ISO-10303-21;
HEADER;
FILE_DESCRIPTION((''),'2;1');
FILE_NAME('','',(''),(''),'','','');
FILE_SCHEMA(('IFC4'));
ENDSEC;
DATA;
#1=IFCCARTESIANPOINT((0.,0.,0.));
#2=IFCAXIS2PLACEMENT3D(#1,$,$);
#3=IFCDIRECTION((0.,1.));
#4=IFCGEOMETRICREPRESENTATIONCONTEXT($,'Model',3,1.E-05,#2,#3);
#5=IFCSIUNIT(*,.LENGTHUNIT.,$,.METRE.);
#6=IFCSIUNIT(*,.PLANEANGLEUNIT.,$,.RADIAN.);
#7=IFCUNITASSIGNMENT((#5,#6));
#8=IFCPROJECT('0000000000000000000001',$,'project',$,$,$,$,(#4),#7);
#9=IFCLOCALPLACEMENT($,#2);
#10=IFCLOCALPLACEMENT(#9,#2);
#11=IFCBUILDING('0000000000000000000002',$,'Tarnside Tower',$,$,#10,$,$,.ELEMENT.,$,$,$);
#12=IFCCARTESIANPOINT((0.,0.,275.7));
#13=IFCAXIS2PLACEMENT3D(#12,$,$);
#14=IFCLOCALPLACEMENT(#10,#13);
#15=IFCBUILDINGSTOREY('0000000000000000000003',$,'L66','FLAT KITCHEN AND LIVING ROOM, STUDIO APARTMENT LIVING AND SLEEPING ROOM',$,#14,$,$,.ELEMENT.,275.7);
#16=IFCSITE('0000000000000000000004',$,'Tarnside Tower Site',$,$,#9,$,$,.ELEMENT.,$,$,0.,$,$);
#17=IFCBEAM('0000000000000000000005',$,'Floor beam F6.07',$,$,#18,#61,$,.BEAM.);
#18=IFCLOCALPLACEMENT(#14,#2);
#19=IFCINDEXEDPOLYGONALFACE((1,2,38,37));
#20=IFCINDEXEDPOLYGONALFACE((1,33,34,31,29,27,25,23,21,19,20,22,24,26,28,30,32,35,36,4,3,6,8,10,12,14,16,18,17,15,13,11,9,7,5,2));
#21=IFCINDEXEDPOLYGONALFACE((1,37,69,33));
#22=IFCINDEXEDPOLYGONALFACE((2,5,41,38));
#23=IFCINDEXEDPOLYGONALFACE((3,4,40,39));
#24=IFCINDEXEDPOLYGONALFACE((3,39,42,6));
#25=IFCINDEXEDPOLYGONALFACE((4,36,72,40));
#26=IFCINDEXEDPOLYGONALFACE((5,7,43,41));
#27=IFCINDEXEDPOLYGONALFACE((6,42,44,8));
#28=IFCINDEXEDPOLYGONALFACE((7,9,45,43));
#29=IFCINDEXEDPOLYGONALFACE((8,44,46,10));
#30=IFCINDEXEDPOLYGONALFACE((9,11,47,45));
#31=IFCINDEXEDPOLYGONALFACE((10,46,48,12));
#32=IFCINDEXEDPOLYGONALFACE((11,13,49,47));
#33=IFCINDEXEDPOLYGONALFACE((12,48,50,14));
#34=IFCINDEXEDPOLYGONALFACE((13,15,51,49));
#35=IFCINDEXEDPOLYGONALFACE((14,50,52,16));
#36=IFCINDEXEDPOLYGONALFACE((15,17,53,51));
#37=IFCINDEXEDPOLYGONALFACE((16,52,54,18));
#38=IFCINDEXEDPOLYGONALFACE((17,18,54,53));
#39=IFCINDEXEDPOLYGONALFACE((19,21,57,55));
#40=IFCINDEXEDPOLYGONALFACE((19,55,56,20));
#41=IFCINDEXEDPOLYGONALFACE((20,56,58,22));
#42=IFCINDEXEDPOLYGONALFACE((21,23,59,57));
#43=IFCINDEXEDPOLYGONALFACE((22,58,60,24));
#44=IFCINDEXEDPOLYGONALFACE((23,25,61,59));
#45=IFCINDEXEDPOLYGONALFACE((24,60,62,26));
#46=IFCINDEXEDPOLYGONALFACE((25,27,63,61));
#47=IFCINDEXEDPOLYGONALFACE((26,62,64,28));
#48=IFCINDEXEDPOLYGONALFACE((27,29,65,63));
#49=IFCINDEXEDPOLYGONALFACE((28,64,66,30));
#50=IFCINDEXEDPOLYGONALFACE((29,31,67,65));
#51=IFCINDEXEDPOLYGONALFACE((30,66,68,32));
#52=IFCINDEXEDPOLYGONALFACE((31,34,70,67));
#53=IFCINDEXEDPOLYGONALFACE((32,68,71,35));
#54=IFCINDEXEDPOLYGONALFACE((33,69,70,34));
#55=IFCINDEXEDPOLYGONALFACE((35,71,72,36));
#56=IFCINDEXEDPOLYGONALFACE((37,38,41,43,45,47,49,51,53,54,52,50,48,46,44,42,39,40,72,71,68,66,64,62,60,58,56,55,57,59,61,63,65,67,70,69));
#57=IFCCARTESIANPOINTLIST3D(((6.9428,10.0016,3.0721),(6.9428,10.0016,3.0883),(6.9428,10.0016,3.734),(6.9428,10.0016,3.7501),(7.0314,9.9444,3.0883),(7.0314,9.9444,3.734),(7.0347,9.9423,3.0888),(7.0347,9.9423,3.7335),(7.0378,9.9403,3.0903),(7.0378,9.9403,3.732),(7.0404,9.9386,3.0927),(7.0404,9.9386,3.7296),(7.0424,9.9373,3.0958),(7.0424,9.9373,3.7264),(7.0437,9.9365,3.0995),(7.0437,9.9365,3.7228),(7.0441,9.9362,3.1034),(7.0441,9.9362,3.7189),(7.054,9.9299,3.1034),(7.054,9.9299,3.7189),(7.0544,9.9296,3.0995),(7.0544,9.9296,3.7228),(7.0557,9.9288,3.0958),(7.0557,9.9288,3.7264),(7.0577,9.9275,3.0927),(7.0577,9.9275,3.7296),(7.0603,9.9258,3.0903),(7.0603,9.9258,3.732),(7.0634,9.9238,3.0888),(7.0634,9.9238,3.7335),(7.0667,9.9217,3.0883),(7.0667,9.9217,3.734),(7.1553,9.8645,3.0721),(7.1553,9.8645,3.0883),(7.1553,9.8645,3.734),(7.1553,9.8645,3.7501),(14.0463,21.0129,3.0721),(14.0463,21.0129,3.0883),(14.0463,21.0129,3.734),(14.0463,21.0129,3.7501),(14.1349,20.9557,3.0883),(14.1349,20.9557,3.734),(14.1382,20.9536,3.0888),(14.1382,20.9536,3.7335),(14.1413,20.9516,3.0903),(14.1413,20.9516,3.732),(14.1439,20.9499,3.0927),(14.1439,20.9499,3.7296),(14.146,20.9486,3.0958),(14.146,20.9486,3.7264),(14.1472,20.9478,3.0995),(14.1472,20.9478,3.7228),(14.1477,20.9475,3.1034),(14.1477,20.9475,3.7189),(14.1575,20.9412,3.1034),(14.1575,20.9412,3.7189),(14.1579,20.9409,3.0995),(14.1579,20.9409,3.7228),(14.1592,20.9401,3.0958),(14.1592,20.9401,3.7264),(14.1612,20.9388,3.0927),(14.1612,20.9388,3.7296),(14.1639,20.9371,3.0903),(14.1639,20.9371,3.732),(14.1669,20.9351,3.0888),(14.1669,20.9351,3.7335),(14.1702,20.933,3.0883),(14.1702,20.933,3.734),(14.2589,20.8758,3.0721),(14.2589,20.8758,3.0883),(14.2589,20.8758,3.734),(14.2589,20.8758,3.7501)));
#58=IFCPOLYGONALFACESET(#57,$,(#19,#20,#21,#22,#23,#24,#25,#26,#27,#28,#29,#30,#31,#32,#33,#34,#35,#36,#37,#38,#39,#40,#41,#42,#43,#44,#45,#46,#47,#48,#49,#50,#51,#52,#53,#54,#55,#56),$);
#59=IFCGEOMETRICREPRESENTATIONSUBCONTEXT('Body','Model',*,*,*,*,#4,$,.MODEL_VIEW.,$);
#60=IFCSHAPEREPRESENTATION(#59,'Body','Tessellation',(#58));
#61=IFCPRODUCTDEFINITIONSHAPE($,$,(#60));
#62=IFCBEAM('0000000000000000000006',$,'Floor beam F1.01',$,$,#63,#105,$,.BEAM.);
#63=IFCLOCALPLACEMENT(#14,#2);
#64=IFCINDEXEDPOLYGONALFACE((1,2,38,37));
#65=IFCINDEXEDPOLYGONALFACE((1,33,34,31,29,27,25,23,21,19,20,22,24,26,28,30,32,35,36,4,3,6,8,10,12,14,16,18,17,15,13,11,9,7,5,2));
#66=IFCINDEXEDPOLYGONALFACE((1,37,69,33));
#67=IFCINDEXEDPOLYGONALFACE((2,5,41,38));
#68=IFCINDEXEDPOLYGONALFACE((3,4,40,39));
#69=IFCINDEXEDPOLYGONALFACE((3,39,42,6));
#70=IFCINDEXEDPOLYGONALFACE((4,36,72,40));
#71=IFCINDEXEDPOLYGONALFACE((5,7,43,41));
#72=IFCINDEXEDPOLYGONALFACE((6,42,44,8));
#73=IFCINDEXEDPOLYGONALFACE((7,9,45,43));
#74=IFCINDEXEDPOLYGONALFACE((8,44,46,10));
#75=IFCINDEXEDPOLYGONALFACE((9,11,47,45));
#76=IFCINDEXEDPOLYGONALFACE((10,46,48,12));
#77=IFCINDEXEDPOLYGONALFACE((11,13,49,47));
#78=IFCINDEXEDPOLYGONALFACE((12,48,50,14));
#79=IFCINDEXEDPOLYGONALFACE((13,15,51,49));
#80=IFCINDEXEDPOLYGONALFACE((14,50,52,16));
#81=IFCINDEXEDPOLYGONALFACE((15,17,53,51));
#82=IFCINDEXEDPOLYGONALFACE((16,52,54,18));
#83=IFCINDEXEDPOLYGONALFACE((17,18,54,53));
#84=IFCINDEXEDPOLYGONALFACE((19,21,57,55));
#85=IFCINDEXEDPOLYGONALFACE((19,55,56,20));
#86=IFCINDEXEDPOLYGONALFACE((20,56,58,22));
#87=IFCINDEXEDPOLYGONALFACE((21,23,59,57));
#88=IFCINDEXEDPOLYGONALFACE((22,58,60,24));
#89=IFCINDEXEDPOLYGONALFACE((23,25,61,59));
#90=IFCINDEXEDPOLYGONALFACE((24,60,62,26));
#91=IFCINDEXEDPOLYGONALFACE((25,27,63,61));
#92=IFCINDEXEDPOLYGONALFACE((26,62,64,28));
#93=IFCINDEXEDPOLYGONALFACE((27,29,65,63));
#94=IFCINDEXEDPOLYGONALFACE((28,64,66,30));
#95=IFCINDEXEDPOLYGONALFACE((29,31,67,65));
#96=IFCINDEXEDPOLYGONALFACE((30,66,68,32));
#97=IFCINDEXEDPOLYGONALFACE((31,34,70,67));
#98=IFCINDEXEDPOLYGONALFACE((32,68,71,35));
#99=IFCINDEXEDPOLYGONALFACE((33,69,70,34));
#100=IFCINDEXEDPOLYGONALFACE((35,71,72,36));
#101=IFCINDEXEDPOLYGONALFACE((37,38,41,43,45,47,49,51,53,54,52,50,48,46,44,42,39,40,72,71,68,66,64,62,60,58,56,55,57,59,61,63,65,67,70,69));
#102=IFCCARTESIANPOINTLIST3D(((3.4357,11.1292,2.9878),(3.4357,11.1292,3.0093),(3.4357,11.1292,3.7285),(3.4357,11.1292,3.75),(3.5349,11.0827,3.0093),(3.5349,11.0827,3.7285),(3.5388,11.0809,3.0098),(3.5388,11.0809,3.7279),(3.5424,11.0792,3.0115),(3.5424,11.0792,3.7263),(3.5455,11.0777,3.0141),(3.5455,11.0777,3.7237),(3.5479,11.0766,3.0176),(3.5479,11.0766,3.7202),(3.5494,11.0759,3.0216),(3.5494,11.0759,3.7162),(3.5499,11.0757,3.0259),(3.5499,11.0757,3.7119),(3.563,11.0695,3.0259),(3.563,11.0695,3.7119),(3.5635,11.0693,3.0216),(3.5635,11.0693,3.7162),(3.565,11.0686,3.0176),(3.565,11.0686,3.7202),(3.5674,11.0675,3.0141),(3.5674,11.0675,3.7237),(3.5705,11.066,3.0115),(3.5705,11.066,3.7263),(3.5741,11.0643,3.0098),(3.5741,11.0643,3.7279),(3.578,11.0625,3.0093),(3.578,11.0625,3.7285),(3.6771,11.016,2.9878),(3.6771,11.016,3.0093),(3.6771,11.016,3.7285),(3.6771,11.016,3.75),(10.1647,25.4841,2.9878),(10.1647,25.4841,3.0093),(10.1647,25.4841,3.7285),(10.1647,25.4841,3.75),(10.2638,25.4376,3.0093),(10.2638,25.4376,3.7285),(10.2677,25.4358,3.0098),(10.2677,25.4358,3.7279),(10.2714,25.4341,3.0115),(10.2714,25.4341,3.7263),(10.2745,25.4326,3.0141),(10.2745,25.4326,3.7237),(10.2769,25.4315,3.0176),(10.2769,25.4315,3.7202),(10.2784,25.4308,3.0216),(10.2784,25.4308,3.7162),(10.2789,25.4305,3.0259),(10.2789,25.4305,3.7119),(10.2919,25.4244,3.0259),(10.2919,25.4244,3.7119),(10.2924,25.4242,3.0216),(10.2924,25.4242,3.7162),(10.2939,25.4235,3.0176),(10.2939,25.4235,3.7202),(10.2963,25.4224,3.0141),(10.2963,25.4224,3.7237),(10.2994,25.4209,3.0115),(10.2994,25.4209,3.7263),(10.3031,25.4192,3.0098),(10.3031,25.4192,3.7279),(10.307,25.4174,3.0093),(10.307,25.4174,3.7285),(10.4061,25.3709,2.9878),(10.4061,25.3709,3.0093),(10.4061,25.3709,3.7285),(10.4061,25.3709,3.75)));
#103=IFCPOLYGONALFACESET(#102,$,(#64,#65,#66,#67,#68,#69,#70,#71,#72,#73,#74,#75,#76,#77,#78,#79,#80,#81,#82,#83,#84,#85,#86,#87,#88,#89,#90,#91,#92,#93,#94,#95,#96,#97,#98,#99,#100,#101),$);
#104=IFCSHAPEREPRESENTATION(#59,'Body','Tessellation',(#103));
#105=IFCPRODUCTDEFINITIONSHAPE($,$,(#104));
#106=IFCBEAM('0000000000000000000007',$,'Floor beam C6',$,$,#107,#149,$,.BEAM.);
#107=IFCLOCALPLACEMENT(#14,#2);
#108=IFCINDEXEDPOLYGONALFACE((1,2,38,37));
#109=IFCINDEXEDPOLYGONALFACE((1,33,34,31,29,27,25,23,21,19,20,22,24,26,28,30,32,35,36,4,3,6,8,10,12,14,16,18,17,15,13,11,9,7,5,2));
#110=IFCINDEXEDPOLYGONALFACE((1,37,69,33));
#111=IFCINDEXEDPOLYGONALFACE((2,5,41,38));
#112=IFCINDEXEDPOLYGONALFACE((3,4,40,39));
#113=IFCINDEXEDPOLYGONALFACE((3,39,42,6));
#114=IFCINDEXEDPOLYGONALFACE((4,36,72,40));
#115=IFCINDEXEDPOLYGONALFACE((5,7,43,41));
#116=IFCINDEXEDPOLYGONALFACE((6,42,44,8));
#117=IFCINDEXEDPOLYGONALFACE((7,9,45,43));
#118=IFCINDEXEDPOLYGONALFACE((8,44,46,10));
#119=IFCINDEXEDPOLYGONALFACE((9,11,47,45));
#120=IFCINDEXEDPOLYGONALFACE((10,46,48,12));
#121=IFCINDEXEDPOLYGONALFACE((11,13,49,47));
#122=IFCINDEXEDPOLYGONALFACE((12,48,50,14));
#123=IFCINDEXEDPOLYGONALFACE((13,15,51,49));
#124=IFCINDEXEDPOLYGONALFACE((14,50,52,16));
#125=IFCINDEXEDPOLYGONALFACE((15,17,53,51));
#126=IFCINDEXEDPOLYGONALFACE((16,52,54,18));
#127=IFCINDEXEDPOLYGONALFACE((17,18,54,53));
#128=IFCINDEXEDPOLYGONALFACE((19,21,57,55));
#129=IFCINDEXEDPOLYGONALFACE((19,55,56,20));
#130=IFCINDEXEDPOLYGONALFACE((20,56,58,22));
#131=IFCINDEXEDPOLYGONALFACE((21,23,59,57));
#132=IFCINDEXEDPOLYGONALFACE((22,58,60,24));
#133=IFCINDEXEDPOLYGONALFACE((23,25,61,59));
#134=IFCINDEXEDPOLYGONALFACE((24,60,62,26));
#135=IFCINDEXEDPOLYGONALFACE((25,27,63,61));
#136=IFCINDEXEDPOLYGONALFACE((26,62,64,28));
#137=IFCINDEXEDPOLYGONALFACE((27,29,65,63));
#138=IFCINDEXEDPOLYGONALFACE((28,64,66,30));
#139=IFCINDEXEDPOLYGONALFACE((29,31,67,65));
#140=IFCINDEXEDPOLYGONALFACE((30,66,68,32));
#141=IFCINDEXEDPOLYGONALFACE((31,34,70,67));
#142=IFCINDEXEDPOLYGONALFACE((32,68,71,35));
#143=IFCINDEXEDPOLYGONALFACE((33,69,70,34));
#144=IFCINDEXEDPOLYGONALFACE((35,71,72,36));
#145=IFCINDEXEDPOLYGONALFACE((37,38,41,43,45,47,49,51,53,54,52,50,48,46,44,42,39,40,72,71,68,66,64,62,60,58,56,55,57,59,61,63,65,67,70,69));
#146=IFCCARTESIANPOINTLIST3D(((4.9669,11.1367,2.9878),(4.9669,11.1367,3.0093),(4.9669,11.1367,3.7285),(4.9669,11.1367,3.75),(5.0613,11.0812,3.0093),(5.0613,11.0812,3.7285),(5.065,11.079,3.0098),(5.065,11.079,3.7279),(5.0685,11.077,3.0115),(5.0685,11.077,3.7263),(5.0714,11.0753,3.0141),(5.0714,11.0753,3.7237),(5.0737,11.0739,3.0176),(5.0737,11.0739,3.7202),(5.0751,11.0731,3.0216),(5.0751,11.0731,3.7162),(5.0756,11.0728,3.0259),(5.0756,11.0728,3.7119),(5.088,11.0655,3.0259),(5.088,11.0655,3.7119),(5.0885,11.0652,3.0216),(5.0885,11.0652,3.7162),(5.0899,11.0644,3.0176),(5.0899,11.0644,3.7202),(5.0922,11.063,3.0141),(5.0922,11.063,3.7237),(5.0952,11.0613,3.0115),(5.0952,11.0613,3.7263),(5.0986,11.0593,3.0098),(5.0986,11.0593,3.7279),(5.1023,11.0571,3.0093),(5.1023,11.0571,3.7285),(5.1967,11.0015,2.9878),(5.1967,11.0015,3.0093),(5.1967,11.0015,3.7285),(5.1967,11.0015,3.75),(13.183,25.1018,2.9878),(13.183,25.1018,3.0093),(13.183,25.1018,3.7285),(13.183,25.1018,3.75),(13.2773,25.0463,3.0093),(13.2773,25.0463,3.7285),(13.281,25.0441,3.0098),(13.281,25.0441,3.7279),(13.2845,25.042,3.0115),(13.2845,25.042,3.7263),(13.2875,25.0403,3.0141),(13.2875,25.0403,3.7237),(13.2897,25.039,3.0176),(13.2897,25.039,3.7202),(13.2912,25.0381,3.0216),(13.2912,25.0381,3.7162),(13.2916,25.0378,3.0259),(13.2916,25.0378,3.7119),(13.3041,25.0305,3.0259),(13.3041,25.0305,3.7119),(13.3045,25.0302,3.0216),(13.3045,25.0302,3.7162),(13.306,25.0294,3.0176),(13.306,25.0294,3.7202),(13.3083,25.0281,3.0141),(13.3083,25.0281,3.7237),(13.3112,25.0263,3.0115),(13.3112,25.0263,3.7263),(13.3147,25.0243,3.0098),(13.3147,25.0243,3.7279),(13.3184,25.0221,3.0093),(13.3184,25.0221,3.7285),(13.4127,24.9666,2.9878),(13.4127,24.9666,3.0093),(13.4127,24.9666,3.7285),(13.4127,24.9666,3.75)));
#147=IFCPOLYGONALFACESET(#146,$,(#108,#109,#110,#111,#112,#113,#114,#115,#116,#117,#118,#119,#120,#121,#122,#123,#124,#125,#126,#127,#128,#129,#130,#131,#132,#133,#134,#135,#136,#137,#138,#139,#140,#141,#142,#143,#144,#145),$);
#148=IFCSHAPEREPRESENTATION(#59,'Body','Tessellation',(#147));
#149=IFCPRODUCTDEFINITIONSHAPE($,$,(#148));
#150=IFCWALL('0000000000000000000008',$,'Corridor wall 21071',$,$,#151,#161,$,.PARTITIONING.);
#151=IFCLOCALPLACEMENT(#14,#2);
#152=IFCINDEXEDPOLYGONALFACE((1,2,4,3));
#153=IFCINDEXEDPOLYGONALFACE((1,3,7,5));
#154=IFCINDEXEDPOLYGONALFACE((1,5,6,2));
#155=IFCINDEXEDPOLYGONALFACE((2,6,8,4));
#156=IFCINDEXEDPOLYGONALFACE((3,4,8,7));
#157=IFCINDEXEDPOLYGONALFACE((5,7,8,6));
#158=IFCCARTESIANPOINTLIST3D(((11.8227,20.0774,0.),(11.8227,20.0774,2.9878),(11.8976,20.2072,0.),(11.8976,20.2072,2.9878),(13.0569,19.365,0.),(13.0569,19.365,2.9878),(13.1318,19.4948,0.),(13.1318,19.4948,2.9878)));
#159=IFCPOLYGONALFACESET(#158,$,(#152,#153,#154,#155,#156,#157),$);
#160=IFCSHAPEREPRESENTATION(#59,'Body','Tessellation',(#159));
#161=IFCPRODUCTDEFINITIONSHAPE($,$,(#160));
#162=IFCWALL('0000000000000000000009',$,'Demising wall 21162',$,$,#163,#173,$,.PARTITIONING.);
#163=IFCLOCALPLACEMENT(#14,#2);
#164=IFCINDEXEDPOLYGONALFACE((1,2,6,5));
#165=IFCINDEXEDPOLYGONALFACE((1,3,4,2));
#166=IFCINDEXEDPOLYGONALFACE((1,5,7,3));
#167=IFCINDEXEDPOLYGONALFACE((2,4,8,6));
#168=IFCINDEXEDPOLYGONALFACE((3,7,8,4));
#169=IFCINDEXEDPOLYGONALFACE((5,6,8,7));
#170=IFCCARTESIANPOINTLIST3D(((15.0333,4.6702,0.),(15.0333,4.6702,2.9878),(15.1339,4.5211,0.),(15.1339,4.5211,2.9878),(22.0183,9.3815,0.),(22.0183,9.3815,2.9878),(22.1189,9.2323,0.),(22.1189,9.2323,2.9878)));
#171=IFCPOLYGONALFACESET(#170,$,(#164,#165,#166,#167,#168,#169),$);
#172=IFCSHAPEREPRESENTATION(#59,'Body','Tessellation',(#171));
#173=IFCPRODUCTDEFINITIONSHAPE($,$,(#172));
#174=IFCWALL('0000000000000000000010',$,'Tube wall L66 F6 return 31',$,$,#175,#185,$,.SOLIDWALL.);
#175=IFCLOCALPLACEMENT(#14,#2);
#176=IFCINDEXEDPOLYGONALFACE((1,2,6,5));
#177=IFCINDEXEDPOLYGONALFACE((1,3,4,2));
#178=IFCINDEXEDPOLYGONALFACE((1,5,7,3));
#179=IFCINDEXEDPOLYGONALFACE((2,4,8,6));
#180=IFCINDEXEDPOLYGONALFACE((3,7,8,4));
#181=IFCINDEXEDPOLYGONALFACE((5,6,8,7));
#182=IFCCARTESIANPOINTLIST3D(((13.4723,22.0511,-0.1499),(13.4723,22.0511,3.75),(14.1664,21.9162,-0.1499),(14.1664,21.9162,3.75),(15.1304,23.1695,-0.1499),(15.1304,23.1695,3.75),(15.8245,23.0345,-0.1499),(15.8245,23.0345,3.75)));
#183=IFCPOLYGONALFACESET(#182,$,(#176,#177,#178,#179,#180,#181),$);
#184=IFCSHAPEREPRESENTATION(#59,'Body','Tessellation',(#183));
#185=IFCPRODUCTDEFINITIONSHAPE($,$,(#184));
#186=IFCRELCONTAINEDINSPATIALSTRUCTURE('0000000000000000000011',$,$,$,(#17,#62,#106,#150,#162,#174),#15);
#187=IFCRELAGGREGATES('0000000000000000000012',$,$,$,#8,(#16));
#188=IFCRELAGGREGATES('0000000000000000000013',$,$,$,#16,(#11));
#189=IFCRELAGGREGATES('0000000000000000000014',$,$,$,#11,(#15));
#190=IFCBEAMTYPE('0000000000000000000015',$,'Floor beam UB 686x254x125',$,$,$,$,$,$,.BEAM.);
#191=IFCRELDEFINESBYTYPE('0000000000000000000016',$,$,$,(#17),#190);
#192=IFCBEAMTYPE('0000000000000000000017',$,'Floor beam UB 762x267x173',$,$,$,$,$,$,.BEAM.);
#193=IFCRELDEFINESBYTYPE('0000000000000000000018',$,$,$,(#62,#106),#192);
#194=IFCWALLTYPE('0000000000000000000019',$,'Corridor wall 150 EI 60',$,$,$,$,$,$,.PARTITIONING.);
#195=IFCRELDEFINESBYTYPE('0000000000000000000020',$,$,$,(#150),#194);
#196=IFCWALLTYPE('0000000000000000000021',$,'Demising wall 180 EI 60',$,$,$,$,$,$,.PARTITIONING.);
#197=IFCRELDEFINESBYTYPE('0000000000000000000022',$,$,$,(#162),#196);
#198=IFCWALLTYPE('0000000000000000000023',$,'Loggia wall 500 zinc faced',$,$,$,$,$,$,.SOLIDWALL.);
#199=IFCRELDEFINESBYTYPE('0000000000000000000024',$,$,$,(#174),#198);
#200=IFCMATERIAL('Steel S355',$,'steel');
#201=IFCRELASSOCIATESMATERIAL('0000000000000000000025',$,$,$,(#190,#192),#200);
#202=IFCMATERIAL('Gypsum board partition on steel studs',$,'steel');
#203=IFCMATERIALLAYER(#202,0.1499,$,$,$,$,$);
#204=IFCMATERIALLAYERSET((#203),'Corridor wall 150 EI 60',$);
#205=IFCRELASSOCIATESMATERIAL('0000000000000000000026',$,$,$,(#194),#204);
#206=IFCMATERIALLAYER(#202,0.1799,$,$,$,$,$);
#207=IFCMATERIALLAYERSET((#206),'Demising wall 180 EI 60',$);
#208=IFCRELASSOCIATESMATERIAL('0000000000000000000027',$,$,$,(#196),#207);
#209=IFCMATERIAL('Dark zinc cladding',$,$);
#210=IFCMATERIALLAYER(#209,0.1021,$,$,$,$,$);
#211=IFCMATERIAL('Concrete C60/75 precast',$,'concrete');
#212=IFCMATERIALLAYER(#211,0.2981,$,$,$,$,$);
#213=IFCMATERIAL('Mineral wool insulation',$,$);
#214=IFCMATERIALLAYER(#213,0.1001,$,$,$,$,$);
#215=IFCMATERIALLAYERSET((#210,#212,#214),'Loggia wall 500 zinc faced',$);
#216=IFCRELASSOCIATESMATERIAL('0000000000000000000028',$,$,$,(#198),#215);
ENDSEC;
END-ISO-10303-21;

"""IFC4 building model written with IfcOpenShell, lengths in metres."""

from ifc_helpers import new_model, si_unit, direction, frame, frame_2d, origin, origin_2d, place, context, subcontext, project, spatial, polyline, rectangle, i_section, outline, extrude, material, layer, layer_set, material_profile, profile_set, type_object, element, save


model = new_model("IFC4")

# Units and contexts
model_context = context("Model", 3, precision=1e-05, world=origin(), true_north=direction((0.0, 1.0)))
body_context = subcontext(model_context, "Body", "Model", "MODEL_VIEW")
ifc_project = project(units=[si_unit("LENGTHUNIT", "METRE"), si_unit("PLANEANGLEUNIT", "RADIAN")], contexts=[model_context])

# Site, building, storey
site_placement = place(None, origin())
site = spatial("IfcSite", under=ifc_project, at=site_placement, Name="Tarnside Tower Site", CompositionType="ELEMENT", RefElevation=0.0)
building_placement = place(site_placement, origin())
building = spatial("IfcBuilding", under=site, at=building_placement, Name="Tarnside Tower", CompositionType="ELEMENT")
storey_placement = place(building_placement, frame((0.0, 0.0, 275.7)))
storey = spatial("IfcBuildingStorey", under=building, at=storey_placement, Name="L66", Description="FLAT KITCHEN AND LIVING ROOM, STUDIO APARTMENT LIVING AND SLEEPING ROOM", CompositionType="ELEMENT", Elevation=275.7)

# Beams
ifc_material_1 = material(Name="Steel S355", Category="steel")
ifc_material_profile_1 = material_profile(ifc_material_1, i_section(OverallWidth=0.2529, OverallDepth=0.678, WebThickness=0.0117, FlangeThickness=0.0161, FilletRadius=0.0151, at=origin_2d()), Name="UB 686x254x125")
ifc_profile_set_1 = profile_set([ifc_material_profile_1], Name="Steel S355")
beam_type_1 = type_object("IfcBeamType", Name="Floor beam UB 686x254x125", PredefinedType="BEAM", material=ifc_profile_set_1)
beam_1_placement = place(storey_placement, frame((14.1526, 20.9443, 3.4111), z_axis=(-0.5421, -0.840314, 0.0), x_axis=(0.840314, -0.5421, 0.0)))
element("IfcBeam", 1, at=beam_1_placement, inside=storey, type_object=beam_type_1, Name="Floor beam F6.07", PredefinedType="BEAM", context=body_context, shape_type="SweptSolid", body=[
    extrude(i_section(OverallWidth=0.2529, OverallDepth=0.678, WebThickness=0.0117, FlangeThickness=0.0161, FilletRadius=0.0151, at=origin_2d()), origin(), (0.0, 0.0, 1.0), 13.1038),
])
ifc_material_profile_2 = material_profile(ifc_material_1, i_section(OverallWidth=0.2666, OverallDepth=0.7622, WebThickness=0.0144, FlangeThickness=0.0215, FilletRadius=0.0166, at=origin_2d()), Name="UB 762x267x173")
ifc_profile_set_2 = profile_set([ifc_material_profile_2], Name="Steel S355")
beam_type_2 = type_object("IfcBeamType", Name="Floor beam UB 762x267x173", PredefinedType="BEAM", material=ifc_profile_set_2)
beam_2_placement = place(storey_placement, frame((10.2854, 25.4275, 3.3689), z_axis=(-0.424439, -0.905456, 0.0), x_axis=(0.905456, -0.424439, 0.0)))
element("IfcBeam", 2, at=beam_2_placement, inside=storey, type_object=beam_type_2, Name="Floor beam F1.01", PredefinedType="BEAM", context=body_context, shape_type="SweptSolid", body=[
    extrude(i_section(OverallWidth=0.2666, OverallDepth=0.7622, WebThickness=0.0144, FlangeThickness=0.0215, FilletRadius=0.0166, at=origin_2d()), origin(), (0.0, 0.0, 1.0), 15.8538),
])
beam_3_placement = place(storey_placement, frame((13.2979, 25.0342, 3.3689), z_axis=(-0.50708, -0.861899, 0.0), x_axis=(0.861899, -0.50708, 0.0)))
element("IfcBeam", 3, at=beam_3_placement, inside=storey, type_object=beam_type_2, Name="Floor beam C6", PredefinedType="BEAM", context=body_context, shape_type="SweptSolid", body=[
    extrude(i_section(OverallWidth=0.2666, OverallDepth=0.7622, WebThickness=0.0144, FlangeThickness=0.0215, FilletRadius=0.0166, at=origin_2d()), origin(), (0.0, 0.0, 1.0), 16.2026),
])

# Walls
ifc_material_2 = material(Name="Gypsum board partition on steel studs", Category="steel")
ifc_layer_1 = layer(ifc_material_2, 0.1499)
ifc_layer_set_1 = layer_set([ifc_layer_1], Name="Corridor wall 150 EI 60")
wall_type_1 = type_object("IfcWallType", Name="Corridor wall 150 EI 60", PredefinedType="PARTITIONING", material=ifc_layer_set_1)
wall_1_placement = place(storey_placement, frame((13.0942, 19.4299, 0.0), z_axis=(0.0, 0.0, 1.0), x_axis=(-0.866063, 0.499935, 0.0)))
element("IfcWall", 4, at=wall_1_placement, inside=storey, type_object=wall_type_1, Name="Corridor wall 21071", PredefinedType="PARTITIONING", context=body_context, shape_type="SweptSolid", body=[
    extrude(rectangle(XDim=1.425, YDim=0.1499, at=frame_2d((0.7124, 0.0))), origin(), (0.0, 0.0, 1.0), 2.9878),
])
ifc_layer_2 = layer(ifc_material_2, 0.1799)
ifc_layer_set_2 = layer_set([ifc_layer_2], Name="Demising wall 180 EI 60")
wall_type_2 = type_object("IfcWallType", Name="Demising wall 180 EI 60", PredefinedType="PARTITIONING", material=ifc_layer_set_2)
wall_2_placement = place(storey_placement, frame((22.0686, 9.3069, 0.0), z_axis=(0.0, 0.0, 1.0), x_axis=(-0.829047, -0.559179, 0.0)))
element("IfcWall", 5, at=wall_2_placement, inside=storey, type_object=wall_type_2, Name="Demising wall 21162", PredefinedType="PARTITIONING", context=body_context, shape_type="SweptSolid", body=[
    extrude(rectangle(XDim=8.4253, YDim=0.1799, at=frame_2d((4.2126, 0.0))), origin(), (0.0, 0.0, 1.0), 2.9878),
])
ifc_material_3 = material(Name="Dark zinc cladding")
ifc_layer_3 = layer(ifc_material_3, 0.1021)
ifc_material_4 = material(Name="Concrete C60/75 precast", Category="concrete")
ifc_layer_4 = layer(ifc_material_4, 0.2981)
ifc_material_5 = material(Name="Mineral wool insulation")
ifc_layer_5 = layer(ifc_material_5, 0.1001)
ifc_layer_set_3 = layer_set([ifc_layer_3, ifc_layer_4, ifc_layer_5], Name="Loggia wall 500 zinc faced")
wall_type_3 = type_object("IfcWallType", Name="Loggia wall 500 zinc faced", PredefinedType="SOLIDWALL", material=ifc_layer_set_3)
wall_3_placement = place(storey_placement, frame((13.8193, 21.9836, -0.1499), z_axis=(0.0, 0.0, 1.0), x_axis=(0.829052, 0.559171, 0.0)))
element("IfcWall", 6, at=wall_3_placement, inside=storey, type_object=wall_type_3, Name="Tube wall L66 F6 return 31", PredefinedType="SOLIDWALL", context=body_context, shape_type="SweptSolid", body=[
    extrude(outline(polyline([(0.25, -0.25), (2.25, -0.25), (1.75, 0.25), (-0.25, 0.25), (0.25, -0.25)])), origin(), (0.0, 0.0, 1.0), 3.8999),
])

save(model, "model.ifc")
